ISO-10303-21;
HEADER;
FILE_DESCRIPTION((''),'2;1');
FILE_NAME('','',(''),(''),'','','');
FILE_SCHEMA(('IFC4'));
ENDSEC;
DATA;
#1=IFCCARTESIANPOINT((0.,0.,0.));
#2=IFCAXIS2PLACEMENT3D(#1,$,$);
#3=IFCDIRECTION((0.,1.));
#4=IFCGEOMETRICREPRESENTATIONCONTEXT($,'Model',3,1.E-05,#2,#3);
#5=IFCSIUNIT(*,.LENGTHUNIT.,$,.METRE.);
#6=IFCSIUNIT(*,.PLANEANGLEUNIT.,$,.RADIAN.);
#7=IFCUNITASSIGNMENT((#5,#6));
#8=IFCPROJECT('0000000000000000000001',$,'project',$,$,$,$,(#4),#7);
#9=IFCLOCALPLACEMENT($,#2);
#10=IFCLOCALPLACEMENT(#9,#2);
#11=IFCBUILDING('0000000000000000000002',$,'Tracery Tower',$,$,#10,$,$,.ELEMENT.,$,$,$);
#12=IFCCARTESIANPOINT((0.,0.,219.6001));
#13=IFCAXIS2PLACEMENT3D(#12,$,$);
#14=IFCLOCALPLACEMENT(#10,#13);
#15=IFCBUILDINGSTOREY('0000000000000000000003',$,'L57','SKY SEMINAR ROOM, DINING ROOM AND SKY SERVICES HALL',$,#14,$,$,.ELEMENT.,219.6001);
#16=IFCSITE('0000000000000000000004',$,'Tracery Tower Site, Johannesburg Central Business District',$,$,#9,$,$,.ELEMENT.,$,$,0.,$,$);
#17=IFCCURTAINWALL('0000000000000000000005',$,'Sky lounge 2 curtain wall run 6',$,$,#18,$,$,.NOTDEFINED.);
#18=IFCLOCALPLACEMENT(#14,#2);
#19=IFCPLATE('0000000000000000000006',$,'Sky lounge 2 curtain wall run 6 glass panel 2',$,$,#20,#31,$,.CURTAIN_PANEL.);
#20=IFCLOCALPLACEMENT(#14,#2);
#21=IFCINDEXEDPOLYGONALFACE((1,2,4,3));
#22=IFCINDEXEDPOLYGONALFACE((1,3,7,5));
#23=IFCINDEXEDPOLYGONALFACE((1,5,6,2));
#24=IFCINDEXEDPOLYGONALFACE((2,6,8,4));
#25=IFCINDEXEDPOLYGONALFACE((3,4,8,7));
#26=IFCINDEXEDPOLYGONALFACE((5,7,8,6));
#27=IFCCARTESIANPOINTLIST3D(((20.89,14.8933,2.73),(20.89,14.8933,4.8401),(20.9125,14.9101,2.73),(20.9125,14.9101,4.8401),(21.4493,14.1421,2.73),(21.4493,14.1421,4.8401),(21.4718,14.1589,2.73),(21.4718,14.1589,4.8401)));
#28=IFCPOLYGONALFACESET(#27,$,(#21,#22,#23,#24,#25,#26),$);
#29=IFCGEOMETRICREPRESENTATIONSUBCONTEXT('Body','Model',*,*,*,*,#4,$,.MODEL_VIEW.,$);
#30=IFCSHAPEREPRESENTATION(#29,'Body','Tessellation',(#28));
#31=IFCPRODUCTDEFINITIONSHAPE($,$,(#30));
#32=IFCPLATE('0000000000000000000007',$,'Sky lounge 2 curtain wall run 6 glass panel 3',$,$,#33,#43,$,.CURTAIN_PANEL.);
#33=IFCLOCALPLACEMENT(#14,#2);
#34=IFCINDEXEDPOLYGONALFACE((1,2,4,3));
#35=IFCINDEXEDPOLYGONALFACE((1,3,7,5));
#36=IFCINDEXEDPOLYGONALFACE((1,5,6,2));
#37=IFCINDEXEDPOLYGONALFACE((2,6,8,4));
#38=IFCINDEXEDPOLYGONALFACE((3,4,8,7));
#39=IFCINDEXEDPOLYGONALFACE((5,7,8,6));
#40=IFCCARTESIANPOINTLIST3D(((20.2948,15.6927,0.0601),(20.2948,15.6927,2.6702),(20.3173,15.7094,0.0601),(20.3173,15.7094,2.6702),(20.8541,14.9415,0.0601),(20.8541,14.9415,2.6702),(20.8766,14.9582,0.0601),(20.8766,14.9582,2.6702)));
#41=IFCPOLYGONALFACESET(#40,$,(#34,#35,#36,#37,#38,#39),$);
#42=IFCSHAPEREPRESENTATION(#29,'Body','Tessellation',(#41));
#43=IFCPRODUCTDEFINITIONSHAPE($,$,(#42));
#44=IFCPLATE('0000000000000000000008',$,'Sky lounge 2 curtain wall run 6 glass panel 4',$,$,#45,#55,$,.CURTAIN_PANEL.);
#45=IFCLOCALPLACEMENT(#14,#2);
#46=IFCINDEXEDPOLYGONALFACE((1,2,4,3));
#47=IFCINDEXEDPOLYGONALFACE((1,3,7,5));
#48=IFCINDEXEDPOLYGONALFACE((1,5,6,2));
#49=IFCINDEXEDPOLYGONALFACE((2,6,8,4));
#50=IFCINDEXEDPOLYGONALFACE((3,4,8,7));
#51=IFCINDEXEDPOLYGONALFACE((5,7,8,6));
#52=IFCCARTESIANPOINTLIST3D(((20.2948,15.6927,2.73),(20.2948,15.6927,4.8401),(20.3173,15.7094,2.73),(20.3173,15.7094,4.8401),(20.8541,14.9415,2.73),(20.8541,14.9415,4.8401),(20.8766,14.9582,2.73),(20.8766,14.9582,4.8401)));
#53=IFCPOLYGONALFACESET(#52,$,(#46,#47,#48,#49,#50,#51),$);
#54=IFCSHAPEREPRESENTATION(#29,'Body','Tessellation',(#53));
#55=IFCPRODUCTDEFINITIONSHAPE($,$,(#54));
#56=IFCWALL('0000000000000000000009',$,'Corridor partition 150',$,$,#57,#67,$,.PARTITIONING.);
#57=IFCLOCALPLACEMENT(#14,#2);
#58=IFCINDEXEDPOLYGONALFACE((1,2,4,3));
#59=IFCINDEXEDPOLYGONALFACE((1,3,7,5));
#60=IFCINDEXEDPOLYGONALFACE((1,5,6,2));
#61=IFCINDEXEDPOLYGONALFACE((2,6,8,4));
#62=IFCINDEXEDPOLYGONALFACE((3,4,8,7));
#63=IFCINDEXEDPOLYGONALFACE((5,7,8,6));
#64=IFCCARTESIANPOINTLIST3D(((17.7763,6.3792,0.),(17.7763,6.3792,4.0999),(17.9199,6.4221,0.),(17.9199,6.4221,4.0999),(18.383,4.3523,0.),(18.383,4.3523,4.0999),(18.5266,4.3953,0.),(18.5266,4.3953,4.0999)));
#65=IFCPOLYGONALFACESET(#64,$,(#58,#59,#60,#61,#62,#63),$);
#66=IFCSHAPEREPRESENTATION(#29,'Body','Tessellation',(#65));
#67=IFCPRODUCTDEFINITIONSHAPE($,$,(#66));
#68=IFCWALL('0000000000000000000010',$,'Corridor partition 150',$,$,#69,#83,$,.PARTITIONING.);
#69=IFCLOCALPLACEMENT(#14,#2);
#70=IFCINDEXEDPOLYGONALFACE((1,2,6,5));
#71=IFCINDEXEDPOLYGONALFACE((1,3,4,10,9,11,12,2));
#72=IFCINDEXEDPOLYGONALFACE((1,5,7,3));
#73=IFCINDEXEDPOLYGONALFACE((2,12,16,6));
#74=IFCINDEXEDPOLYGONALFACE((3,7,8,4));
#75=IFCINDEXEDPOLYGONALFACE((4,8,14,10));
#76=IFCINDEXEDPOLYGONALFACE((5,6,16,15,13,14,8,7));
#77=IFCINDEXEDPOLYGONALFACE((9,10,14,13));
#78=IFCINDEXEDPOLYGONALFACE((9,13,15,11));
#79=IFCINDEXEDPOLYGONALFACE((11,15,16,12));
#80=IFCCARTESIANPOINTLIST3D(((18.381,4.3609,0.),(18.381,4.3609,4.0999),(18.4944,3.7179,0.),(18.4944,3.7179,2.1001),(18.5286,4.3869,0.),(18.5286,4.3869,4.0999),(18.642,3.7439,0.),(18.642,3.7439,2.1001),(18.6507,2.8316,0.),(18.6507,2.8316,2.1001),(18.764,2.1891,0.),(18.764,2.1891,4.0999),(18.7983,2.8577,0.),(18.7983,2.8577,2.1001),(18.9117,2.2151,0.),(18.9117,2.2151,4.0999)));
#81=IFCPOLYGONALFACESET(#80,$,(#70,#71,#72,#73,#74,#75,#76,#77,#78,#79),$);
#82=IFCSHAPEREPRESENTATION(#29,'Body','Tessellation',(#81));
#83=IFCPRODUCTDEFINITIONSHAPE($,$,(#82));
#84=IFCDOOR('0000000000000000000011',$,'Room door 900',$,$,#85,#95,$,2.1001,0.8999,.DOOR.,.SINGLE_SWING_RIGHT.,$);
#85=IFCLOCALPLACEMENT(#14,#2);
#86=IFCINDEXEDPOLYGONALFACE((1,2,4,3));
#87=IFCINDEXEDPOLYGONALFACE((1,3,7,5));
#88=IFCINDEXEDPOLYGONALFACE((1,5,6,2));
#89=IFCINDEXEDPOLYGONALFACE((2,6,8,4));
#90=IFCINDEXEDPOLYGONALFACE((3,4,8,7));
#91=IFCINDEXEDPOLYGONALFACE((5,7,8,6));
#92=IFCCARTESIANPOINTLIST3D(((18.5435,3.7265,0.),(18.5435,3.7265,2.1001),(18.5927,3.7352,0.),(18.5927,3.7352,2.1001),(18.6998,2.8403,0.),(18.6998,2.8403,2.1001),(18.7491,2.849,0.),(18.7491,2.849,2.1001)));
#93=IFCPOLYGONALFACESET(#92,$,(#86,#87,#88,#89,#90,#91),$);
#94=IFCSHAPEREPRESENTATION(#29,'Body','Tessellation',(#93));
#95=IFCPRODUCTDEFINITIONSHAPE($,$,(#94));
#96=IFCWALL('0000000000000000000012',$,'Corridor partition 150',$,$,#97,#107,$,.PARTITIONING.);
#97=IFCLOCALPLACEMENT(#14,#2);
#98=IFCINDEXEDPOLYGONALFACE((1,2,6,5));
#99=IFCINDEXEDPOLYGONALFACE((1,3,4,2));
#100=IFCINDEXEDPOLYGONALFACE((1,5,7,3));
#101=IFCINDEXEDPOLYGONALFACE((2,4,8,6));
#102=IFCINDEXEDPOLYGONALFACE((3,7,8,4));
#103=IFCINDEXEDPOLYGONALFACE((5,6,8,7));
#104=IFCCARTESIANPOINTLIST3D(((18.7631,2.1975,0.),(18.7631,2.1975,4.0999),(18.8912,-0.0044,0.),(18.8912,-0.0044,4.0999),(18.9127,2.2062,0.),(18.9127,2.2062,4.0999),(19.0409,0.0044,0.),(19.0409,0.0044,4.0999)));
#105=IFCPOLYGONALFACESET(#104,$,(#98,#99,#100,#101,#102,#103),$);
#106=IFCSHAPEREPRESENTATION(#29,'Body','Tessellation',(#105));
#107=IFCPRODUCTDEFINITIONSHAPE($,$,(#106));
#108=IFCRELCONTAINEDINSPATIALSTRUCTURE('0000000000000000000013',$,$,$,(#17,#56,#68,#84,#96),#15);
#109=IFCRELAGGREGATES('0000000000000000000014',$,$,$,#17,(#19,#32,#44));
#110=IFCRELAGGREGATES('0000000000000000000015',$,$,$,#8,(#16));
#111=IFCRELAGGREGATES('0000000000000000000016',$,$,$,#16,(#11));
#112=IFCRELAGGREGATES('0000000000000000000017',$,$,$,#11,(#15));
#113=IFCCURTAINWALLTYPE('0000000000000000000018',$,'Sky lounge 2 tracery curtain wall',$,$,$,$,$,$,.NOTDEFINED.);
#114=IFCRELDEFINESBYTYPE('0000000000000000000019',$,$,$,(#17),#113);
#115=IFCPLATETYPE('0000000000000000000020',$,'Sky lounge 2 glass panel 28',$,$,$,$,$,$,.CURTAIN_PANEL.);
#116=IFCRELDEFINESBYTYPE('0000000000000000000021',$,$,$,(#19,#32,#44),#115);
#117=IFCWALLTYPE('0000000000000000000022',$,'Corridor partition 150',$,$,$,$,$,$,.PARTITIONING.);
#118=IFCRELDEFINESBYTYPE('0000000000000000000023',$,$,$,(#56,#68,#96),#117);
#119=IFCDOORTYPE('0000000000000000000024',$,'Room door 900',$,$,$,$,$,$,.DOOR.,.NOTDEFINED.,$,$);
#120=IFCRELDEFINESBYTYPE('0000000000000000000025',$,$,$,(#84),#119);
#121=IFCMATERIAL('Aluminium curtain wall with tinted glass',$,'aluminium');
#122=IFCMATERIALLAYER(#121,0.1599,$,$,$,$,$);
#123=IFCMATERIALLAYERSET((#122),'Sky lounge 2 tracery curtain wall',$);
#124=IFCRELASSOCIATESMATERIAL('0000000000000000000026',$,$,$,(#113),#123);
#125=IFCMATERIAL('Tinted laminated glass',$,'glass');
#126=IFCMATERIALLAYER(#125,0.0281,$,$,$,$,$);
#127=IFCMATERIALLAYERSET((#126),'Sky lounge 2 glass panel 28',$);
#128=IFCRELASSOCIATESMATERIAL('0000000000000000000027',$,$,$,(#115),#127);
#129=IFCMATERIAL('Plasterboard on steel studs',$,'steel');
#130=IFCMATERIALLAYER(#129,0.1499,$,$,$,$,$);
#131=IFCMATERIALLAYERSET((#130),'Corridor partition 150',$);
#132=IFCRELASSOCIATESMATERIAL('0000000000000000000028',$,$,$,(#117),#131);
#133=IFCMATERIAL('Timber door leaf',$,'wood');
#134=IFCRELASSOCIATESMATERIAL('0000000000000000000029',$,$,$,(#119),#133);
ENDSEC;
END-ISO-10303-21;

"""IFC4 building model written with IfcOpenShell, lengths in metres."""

from ifc_helpers import new_model, si_unit, direction, frame, frame_2d, origin, origin_2d, place, context, subcontext, project, spatial, rectangle, extrude, material, layer, layer_set, type_object, element, fill, aggregate, save


model = new_model("IFC4")

# Units and contexts
model_context = context("Model", 3, precision=1e-05, world=origin(), true_north=direction((0.0, 1.0)))
body_context = subcontext(model_context, "Body", "Model", "MODEL_VIEW")
ifc_project = project(units=[si_unit("LENGTHUNIT", "METRE"), si_unit("PLANEANGLEUNIT", "RADIAN")], contexts=[model_context])

# Site, building, storey
site_placement = place(None, origin())
site = spatial("IfcSite", under=ifc_project, at=site_placement, Name="Tracery Tower Site, Johannesburg Central Business District", CompositionType="ELEMENT", RefElevation=0.0)
building_placement = place(site_placement, origin())
building = spatial("IfcBuilding", under=site, at=building_placement, Name="Tracery Tower", CompositionType="ELEMENT")
storey_placement = place(building_placement, frame((0.0, 0.0, 219.6001)))
storey = spatial("IfcBuildingStorey", under=building, at=storey_placement, Name="L57", Description="SKY SEMINAR ROOM, DINING ROOM AND SKY SERVICES HALL", CompositionType="ELEMENT", Elevation=219.6001)

# Curtain wall
ifc_material_1 = material(Name="Aluminium curtain wall with tinted glass", Category="aluminium")
ifc_layer_1 = layer(ifc_material_1, 0.1599)
ifc_layer_set_1 = layer_set([ifc_layer_1], Name="Sky lounge 2 tracery curtain wall")
curtain_wall_type = type_object("IfcCurtainWallType", Name="Sky lounge 2 tracery curtain wall", PredefinedType="NOTDEFINED", material=ifc_layer_set_1)
curtain_wall_1_placement = place(storey_placement, origin())
curtain_wall_1 = element("IfcCurtainWall", 1, at=curtain_wall_1_placement, inside=storey, type_object=curtain_wall_type, Name="Sky lounge 2 curtain wall run 6", PredefinedType="NOTDEFINED")

# Plates
ifc_material_2 = material(Name="Tinted laminated glass", Category="glass")
ifc_layer_2 = layer(ifc_material_2, 0.0281)
ifc_layer_set_2 = layer_set([ifc_layer_2], Name="Sky lounge 2 glass panel 28")
plate_type = type_object("IfcPlateType", Name="Sky lounge 2 glass panel 28", PredefinedType="CURTAIN_PANEL", material=ifc_layer_set_2)
plate_1_placement = place(storey_placement, frame((21.1809, 14.5261, 2.73), z_axis=(0.0, 0.0, 1.0), x_axis=(-0.597159, 0.802123, 0.0)))
plate_1 = element("IfcPlate", 2, at=plate_1_placement, type_object=plate_type, Name="Sky lounge 2 curtain wall run 6 glass panel 2", PredefinedType="CURTAIN_PANEL", context=body_context, shape_type="SweptSolid", body=[
    extrude(rectangle(XDim=0.9365, YDim=0.0281, at=origin_2d()), origin(), (0.0, 0.0, 1.0), 2.1101),
])
plate_2_placement = place(storey_placement, frame((20.5857, 15.3254, 0.0601), z_axis=(0.0, 0.0, 1.0), x_axis=(-0.597159, 0.802123, 0.0)))
plate_2 = element("IfcPlate", 3, at=plate_2_placement, type_object=plate_type, Name="Sky lounge 2 curtain wall run 6 glass panel 3", PredefinedType="CURTAIN_PANEL", context=body_context, shape_type="SweptSolid", body=[
    extrude(rectangle(XDim=0.9365, YDim=0.0281, at=origin_2d()), origin(), (0.0, 0.0, 1.0), 2.6101),
])
plate_3_placement = place(storey_placement, frame((20.5857, 15.3254, 2.73), z_axis=(0.0, 0.0, 1.0), x_axis=(-0.597159, 0.802123, 0.0)))
plate_3 = element("IfcPlate", 4, at=plate_3_placement, type_object=plate_type, Name="Sky lounge 2 curtain wall run 6 glass panel 4", PredefinedType="CURTAIN_PANEL", context=body_context, shape_type="SweptSolid", body=[
    extrude(rectangle(XDim=0.9365, YDim=0.0281, at=origin_2d()), origin(), (0.0, 0.0, 1.0), 2.1101),
])
aggregate(curtain_wall_1, [plate_1, plate_2, plate_3])

# Wall
ifc_material_3 = material(Name="Plasterboard on steel studs", Category="steel")
ifc_layer_3 = layer(ifc_material_3, 0.1499)
ifc_layer_set_3 = layer_set([ifc_layer_3], Name="Corridor partition 150")
wall_type = type_object("IfcWallType", Name="Corridor partition 150", PredefinedType="PARTITIONING", material=ifc_layer_set_3)
wall_1_placement = place(storey_placement, frame((18.4548, 4.3738, 0.0), z_axis=(0.0, 0.0, 1.0), x_axis=(-0.286755, 0.958004, 0.0)))
element("IfcWall", 5, at=wall_1_placement, inside=storey, type_object=wall_type, Name="Corridor partition 150", PredefinedType="PARTITIONING", context=body_context, shape_type="SweptSolid", body=[
    extrude(rectangle(XDim=2.1157, YDim=0.1499, at=frame_2d((1.0579, 0.0))), origin(), (0.0, 0.0, 1.0), 4.0999),
])

# Wall, opening, door
wall_2_placement = place(storey_placement, frame((18.4548, 4.3738, 0.0), z_axis=(0.0, 0.0, 1.0), x_axis=(0.173691, -0.9848, 0.0)))
wall_2 = element("IfcWall", 6, at=wall_2_placement, inside=storey, type_object=wall_type, Name="Corridor partition 150", PredefinedType="PARTITIONING", context=body_context, shape_type="SweptSolid", body=[
    extrude(rectangle(XDim=2.2053, YDim=0.1499, at=frame_2d((1.1025, 0.0))), origin(), (0.0, 0.0, 1.0), 4.0999),
])
opening_placement = place(wall_2_placement, frame((0.6528, 0.0, 0.0)))
opening = element("IfcOpeningElement", 7, at=opening_placement, cuts=wall_2, PredefinedType="OPENING", context=body_context, shape_type="SweptSolid", body=[
    extrude(rectangle(XDim=0.8999, YDim=2.1001, at=frame_2d((0.45, 1.05))), frame((0.0, 0.075, 0.0), z_axis=(0.0, -1.0, 0.0), x_axis=(1.0, 0.0, 0.0)), (0.0, 0.0, 1.0), 0.1499),
])
ifc_material_4 = material(Name="Timber door leaf", Category="wood")
door_type = type_object("IfcDoorType", Name="Room door 900", OperationType="NOTDEFINED", PredefinedType="DOOR", material=ifc_material_4)
door_placement = place(opening_placement, origin())
door = element("IfcDoor", 8, at=door_placement, inside=storey, type_object=door_type, Name="Room door 900", OperationType="SINGLE_SWING_RIGHT", OverallHeight=2.1001, OverallWidth=0.8999, PredefinedType="DOOR", context=body_context, shape_type="SweptSolid", body=[
    extrude(rectangle(XDim=0.8999, YDim=2.1001, at=frame_2d((0.45, 1.05))), frame((0.0, 0.0249, 0.0), z_axis=(0.0, -1.0, 0.0), x_axis=(1.0, 0.0, 0.0)), (0.0, 0.0, 1.0), 0.05),
])
fill(opening, door)

# Wall
wall_3_placement = place(storey_placement, frame((18.9661, 0.0, 0.0), z_axis=(0.0, 0.0, 1.0), x_axis=(-0.058112, 0.99831, 0.0)))
element("IfcWall", 9, at=wall_3_placement, inside=storey, type_object=wall_type, Name="Corridor partition 150", PredefinedType="PARTITIONING", context=body_context, shape_type="SweptSolid", body=[
    extrude(rectangle(XDim=2.2056, YDim=0.1499, at=frame_2d((1.1028, 0.0))), origin(), (0.0, 0.0, 1.0), 4.0999),
])

save(model, "model.ifc")
